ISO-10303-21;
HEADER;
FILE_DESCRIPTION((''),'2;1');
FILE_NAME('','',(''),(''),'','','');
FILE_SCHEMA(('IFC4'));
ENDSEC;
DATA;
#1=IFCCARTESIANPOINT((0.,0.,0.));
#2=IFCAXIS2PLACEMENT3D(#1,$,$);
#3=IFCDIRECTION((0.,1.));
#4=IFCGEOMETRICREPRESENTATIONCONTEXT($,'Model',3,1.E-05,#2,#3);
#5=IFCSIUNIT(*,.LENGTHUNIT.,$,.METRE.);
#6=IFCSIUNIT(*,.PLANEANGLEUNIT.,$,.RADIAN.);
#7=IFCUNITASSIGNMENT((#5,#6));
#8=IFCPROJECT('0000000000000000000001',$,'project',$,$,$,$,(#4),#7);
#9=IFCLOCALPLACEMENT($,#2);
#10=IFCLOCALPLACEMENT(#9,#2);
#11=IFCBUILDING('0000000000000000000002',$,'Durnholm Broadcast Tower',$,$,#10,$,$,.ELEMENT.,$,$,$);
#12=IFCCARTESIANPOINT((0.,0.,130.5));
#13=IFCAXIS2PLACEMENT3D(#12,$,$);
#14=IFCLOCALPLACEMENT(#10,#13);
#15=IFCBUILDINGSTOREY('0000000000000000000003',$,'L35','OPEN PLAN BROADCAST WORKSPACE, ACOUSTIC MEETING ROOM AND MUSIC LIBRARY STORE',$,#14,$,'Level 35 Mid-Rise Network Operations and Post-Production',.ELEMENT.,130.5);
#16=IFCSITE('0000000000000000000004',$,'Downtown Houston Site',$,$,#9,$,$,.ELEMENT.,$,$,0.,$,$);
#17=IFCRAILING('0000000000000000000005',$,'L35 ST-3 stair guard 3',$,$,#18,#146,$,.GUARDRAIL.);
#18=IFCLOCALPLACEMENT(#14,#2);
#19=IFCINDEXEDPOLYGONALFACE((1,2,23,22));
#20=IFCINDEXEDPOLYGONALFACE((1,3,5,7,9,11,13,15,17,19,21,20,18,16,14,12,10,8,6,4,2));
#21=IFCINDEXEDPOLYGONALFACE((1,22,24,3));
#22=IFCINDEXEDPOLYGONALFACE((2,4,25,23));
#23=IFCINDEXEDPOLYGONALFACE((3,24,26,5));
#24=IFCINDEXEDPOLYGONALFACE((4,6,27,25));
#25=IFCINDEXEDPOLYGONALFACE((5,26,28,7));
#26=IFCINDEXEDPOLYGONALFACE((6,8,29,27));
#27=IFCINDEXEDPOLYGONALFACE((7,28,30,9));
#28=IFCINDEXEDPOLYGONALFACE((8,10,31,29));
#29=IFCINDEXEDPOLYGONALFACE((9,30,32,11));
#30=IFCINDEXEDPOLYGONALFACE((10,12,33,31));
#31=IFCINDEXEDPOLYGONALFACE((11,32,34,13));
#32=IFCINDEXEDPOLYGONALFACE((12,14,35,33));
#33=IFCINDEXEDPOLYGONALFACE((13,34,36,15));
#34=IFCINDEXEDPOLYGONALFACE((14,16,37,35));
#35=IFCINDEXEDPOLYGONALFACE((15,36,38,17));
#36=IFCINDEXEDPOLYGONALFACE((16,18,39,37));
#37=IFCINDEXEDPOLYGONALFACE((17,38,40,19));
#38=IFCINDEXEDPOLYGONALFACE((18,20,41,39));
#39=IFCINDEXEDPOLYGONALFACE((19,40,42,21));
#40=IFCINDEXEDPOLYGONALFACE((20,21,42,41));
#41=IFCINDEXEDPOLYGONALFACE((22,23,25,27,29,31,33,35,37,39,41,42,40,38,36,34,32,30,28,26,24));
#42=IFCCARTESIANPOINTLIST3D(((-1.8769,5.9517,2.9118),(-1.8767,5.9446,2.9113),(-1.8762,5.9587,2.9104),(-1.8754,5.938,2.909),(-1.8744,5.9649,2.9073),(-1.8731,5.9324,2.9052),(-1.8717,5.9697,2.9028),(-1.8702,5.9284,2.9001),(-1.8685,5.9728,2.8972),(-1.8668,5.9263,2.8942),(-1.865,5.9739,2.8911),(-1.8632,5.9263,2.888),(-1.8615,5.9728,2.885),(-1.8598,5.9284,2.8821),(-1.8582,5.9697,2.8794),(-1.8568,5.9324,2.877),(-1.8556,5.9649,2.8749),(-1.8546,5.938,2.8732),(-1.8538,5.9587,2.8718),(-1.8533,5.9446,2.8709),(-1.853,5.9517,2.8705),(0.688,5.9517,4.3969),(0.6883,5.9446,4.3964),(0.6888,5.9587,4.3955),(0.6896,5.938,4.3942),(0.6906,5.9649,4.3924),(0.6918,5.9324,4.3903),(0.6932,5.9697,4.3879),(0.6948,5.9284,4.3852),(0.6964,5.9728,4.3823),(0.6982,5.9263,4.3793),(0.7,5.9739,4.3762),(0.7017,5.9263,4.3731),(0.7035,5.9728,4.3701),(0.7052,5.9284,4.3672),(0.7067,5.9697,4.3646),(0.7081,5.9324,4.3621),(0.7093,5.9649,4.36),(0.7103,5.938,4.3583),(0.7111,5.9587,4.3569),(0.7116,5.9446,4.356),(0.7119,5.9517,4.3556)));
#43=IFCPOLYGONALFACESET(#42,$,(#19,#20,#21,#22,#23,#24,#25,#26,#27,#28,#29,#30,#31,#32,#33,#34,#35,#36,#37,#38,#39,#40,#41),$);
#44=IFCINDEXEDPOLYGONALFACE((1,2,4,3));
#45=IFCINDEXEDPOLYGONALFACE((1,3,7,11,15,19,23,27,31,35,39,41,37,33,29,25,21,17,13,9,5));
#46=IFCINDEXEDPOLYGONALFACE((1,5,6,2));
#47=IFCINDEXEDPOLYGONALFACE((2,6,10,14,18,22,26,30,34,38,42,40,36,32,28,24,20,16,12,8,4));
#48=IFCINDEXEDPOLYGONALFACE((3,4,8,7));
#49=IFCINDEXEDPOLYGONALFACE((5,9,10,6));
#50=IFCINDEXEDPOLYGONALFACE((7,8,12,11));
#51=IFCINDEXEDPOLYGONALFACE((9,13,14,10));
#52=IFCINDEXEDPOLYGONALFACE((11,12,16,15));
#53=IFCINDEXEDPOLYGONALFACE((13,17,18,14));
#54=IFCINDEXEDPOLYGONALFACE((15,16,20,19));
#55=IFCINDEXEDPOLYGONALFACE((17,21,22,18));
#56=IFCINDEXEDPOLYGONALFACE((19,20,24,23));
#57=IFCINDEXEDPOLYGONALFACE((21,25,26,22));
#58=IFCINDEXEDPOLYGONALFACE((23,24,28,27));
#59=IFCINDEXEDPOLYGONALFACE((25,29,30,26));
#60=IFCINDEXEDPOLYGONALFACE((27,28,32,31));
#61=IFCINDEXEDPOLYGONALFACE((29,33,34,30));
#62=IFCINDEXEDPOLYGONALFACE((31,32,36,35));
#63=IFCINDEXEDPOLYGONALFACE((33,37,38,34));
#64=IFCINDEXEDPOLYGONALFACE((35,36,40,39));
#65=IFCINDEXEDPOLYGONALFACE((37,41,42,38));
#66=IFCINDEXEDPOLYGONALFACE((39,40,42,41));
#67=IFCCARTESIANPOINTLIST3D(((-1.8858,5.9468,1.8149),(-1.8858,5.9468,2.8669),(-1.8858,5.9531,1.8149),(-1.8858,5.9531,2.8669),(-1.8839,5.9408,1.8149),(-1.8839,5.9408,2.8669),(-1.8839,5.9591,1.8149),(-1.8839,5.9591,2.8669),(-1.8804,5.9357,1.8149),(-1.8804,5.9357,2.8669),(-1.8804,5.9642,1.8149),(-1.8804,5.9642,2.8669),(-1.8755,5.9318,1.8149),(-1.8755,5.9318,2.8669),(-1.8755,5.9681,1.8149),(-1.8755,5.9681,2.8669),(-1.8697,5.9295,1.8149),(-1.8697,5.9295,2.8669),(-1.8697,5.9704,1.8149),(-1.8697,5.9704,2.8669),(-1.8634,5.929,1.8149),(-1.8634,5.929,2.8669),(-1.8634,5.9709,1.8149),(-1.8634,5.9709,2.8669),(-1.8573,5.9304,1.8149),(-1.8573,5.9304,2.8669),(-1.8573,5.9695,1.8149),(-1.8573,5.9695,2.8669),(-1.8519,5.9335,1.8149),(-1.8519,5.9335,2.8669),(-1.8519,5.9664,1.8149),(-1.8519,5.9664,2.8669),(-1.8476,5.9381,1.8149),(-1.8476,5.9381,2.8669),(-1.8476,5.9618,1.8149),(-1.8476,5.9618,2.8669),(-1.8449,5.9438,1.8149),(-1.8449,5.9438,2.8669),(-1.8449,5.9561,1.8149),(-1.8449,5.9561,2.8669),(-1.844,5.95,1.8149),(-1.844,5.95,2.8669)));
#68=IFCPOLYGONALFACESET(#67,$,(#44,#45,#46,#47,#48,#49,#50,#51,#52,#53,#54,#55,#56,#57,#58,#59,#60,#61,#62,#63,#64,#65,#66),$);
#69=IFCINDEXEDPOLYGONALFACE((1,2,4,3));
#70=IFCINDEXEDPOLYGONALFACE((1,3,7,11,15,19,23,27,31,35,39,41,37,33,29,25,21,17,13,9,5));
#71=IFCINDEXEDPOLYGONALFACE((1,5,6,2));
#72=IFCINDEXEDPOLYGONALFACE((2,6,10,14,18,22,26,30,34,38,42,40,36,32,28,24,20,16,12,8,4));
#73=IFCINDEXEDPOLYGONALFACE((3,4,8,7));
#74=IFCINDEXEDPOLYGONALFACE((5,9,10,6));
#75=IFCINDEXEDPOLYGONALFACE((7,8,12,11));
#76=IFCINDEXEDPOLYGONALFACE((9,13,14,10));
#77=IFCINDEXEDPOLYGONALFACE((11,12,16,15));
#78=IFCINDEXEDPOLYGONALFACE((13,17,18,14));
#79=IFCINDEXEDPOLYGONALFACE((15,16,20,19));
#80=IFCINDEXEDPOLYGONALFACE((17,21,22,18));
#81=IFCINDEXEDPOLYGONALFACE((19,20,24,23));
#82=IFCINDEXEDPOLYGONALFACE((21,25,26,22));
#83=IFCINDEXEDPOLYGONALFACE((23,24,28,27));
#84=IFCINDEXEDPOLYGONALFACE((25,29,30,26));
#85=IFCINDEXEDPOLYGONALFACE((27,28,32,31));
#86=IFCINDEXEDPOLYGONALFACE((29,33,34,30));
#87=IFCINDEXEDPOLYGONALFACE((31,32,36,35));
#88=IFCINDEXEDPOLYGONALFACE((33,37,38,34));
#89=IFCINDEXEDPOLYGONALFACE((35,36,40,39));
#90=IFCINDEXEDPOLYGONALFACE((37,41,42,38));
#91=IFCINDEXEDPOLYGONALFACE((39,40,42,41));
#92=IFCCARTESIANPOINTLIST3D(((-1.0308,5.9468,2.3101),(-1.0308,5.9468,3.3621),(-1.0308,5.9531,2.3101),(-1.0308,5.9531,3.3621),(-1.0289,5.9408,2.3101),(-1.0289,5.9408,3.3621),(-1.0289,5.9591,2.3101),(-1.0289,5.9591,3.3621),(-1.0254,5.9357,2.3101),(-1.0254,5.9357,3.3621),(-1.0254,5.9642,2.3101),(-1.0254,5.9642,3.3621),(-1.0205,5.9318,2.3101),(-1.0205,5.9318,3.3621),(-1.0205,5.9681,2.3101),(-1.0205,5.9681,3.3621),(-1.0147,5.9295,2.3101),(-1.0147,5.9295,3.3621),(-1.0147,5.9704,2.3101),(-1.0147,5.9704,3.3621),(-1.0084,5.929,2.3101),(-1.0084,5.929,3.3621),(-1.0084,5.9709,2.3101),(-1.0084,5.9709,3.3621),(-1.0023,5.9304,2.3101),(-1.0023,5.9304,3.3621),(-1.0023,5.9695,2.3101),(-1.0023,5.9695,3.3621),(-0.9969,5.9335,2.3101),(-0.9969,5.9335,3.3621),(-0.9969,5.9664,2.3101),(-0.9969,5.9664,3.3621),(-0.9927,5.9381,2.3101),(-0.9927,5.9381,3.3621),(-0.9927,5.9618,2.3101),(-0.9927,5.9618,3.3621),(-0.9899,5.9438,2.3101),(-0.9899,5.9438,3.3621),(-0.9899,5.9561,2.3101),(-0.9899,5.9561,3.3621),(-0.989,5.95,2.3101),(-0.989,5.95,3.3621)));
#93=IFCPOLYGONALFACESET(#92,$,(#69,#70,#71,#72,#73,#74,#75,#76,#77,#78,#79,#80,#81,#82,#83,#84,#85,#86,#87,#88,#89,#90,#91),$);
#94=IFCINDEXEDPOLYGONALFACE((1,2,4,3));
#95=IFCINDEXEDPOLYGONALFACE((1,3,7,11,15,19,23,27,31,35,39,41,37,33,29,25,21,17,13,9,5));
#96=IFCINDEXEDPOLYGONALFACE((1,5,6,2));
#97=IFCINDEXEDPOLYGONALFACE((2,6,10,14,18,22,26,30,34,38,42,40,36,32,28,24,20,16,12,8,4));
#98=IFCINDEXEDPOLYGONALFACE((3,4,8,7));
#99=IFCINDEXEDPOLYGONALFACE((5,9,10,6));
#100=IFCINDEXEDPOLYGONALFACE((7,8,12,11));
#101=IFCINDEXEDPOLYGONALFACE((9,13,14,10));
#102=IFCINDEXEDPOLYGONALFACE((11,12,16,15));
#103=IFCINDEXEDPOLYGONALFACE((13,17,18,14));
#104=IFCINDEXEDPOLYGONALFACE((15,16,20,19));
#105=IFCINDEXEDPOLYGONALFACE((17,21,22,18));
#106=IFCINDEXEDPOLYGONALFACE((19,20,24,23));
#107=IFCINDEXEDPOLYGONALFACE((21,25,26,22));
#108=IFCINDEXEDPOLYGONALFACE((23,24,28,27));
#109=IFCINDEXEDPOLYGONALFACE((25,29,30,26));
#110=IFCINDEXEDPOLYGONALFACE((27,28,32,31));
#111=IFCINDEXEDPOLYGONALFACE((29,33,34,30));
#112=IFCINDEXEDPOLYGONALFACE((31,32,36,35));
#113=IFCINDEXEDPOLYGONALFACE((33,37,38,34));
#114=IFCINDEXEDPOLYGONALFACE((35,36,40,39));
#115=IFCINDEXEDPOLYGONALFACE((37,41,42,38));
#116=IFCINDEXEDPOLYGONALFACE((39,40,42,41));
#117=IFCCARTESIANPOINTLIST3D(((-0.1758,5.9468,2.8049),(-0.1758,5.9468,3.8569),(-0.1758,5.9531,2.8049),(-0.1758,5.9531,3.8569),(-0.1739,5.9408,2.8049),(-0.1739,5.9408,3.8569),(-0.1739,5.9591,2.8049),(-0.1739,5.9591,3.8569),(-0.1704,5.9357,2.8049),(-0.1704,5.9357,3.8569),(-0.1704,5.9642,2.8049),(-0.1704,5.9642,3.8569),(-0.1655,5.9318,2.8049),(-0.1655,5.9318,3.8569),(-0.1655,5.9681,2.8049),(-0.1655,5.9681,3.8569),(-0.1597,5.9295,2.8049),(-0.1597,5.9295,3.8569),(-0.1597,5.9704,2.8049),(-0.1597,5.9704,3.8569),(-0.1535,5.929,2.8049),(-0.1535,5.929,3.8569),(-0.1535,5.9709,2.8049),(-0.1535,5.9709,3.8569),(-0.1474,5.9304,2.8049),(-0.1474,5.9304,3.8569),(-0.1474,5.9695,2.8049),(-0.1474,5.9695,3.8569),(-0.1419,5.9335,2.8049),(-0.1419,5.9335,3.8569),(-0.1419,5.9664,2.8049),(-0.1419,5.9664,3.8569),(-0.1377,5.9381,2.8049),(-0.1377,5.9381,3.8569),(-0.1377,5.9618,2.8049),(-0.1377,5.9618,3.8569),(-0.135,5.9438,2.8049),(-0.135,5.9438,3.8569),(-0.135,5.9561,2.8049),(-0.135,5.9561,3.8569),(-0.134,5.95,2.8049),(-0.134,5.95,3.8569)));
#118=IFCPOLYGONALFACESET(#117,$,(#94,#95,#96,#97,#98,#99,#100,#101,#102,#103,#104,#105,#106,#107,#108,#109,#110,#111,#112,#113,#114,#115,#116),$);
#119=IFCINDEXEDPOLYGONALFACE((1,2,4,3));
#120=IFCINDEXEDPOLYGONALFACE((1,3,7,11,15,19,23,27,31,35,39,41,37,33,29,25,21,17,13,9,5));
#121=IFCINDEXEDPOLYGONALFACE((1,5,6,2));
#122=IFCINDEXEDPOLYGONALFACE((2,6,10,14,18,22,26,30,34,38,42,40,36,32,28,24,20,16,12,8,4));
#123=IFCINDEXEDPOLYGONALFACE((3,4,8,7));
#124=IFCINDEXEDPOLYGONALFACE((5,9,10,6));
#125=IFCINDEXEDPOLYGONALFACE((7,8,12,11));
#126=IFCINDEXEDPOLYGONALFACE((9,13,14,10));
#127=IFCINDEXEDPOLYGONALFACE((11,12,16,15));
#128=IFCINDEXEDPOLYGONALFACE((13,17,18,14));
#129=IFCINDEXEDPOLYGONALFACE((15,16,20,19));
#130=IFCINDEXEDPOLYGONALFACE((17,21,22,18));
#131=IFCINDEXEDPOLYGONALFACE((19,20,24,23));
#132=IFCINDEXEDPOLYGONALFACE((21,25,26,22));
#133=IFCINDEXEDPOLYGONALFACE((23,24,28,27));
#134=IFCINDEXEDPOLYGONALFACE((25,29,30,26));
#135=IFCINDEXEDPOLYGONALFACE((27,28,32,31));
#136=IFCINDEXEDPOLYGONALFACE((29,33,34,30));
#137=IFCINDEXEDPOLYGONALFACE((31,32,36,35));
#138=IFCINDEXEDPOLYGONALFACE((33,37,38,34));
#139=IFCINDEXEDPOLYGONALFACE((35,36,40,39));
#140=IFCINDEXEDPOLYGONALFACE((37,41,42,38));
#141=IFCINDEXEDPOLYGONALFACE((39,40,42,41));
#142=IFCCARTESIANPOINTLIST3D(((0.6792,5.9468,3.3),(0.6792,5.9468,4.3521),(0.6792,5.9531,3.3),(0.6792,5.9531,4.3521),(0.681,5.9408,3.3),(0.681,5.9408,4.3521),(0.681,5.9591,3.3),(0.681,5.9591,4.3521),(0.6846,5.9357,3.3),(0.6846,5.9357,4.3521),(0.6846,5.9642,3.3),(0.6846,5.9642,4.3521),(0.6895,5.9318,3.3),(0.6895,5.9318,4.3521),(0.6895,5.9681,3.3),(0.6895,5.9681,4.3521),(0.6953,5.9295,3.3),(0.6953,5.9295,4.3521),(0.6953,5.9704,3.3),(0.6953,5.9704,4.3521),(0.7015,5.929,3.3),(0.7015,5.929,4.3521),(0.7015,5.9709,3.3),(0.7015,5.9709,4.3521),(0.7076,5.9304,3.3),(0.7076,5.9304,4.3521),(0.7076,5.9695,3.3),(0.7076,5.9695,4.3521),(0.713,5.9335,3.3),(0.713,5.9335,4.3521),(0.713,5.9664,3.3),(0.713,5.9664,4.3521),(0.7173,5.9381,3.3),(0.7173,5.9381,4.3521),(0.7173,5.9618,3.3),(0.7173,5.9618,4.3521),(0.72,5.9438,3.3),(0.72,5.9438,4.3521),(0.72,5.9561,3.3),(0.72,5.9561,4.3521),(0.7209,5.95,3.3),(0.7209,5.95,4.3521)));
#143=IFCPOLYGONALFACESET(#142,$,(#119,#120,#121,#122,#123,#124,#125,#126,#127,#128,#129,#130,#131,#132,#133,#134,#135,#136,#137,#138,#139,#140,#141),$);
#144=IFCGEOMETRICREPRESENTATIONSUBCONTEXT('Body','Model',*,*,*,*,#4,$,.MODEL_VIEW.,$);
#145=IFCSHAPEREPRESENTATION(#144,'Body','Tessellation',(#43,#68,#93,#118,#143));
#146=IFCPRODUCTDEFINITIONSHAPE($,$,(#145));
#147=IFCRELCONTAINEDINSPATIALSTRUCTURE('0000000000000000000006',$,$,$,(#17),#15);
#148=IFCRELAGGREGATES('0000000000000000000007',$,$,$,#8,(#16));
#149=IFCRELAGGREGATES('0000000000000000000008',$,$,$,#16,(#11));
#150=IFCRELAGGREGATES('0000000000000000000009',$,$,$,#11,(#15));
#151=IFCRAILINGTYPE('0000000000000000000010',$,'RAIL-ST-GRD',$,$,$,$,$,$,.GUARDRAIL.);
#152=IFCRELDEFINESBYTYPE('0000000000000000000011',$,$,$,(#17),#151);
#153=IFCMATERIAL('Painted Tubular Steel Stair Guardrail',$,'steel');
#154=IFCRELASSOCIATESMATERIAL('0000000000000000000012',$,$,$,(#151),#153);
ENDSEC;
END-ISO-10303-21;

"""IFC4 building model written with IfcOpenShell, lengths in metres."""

from ifc_helpers import new_model, si_unit, direction, frame, origin, origin_2d, place, context, subcontext, project, spatial, circle, extrude, material, type_object, element, save


model = new_model("IFC4")

# Units and contexts
model_context = context("Model", 3, precision=1e-05, world=origin(), true_north=direction((0.0, 1.0)))
body_context = subcontext(model_context, "Body", "Model", "MODEL_VIEW")
ifc_project = project(units=[si_unit("LENGTHUNIT", "METRE"), si_unit("PLANEANGLEUNIT", "RADIAN")], contexts=[model_context])

# Site, building, storey
site_placement = place(None, origin())
site = spatial("IfcSite", under=ifc_project, at=site_placement, Name="Downtown Houston Site", CompositionType="ELEMENT", RefElevation=0.0)
building_placement = place(site_placement, origin())
building = spatial("IfcBuilding", under=site, at=building_placement, Name="Durnholm Broadcast Tower", CompositionType="ELEMENT")
storey_placement = place(building_placement, frame((0.0, 0.0, 130.5)))
storey = spatial("IfcBuildingStorey", under=building, at=storey_placement, Name="L35", Description="OPEN PLAN BROADCAST WORKSPACE, ACOUSTIC MEETING ROOM AND MUSIC LIBRARY STORE", LongName="Level 35 Mid-Rise Network Operations and Post-Production", CompositionType="ELEMENT", Elevation=130.5)

# Railing
ifc_material_1 = material(Name="Painted Tubular Steel Stair Guardrail", Category="steel")
railing_type_1 = type_object("IfcRailingType", Name="RAIL-ST-GRD", PredefinedType="GUARDRAIL", material=ifc_material_1)
railing_1_placement = place(storey_placement, frame((-1.865, 5.95, 1.8149)))
element("IfcRailing", 1, at=railing_1_placement, inside=storey, type_object=railing_type_1, Name="L35 ST-3 stair guard 3", PredefinedType="GUARDRAIL", context=body_context, shape_type="SweptSolid", body=[
    extrude(circle(Radius=0.0239, at=origin_2d()), frame((0.0, 0.0, 1.0762), z_axis=(0.865406, 0.0, 0.501072), x_axis=(0.0, 1.0, 0.0)), (0.0, 0.0, 1.0), 2.9639),
    extrude(circle(Radius=0.021, at=origin_2d()), origin(), (0.0, 0.0, 1.0), 1.052),
    extrude(circle(Radius=0.021, at=origin_2d()), frame((0.855, 0.0, 0.4951)), (0.0, 0.0, 1.0), 1.052),
    extrude(circle(Radius=0.021, at=origin_2d()), frame((1.71, 0.0, 0.99)), (0.0, 0.0, 1.0), 1.052),
    extrude(circle(Radius=0.021, at=origin_2d()), frame((2.5649, 0.0, 1.4851)), (0.0, 0.0, 1.0), 1.052),
])

save(model, "model.ifc")
